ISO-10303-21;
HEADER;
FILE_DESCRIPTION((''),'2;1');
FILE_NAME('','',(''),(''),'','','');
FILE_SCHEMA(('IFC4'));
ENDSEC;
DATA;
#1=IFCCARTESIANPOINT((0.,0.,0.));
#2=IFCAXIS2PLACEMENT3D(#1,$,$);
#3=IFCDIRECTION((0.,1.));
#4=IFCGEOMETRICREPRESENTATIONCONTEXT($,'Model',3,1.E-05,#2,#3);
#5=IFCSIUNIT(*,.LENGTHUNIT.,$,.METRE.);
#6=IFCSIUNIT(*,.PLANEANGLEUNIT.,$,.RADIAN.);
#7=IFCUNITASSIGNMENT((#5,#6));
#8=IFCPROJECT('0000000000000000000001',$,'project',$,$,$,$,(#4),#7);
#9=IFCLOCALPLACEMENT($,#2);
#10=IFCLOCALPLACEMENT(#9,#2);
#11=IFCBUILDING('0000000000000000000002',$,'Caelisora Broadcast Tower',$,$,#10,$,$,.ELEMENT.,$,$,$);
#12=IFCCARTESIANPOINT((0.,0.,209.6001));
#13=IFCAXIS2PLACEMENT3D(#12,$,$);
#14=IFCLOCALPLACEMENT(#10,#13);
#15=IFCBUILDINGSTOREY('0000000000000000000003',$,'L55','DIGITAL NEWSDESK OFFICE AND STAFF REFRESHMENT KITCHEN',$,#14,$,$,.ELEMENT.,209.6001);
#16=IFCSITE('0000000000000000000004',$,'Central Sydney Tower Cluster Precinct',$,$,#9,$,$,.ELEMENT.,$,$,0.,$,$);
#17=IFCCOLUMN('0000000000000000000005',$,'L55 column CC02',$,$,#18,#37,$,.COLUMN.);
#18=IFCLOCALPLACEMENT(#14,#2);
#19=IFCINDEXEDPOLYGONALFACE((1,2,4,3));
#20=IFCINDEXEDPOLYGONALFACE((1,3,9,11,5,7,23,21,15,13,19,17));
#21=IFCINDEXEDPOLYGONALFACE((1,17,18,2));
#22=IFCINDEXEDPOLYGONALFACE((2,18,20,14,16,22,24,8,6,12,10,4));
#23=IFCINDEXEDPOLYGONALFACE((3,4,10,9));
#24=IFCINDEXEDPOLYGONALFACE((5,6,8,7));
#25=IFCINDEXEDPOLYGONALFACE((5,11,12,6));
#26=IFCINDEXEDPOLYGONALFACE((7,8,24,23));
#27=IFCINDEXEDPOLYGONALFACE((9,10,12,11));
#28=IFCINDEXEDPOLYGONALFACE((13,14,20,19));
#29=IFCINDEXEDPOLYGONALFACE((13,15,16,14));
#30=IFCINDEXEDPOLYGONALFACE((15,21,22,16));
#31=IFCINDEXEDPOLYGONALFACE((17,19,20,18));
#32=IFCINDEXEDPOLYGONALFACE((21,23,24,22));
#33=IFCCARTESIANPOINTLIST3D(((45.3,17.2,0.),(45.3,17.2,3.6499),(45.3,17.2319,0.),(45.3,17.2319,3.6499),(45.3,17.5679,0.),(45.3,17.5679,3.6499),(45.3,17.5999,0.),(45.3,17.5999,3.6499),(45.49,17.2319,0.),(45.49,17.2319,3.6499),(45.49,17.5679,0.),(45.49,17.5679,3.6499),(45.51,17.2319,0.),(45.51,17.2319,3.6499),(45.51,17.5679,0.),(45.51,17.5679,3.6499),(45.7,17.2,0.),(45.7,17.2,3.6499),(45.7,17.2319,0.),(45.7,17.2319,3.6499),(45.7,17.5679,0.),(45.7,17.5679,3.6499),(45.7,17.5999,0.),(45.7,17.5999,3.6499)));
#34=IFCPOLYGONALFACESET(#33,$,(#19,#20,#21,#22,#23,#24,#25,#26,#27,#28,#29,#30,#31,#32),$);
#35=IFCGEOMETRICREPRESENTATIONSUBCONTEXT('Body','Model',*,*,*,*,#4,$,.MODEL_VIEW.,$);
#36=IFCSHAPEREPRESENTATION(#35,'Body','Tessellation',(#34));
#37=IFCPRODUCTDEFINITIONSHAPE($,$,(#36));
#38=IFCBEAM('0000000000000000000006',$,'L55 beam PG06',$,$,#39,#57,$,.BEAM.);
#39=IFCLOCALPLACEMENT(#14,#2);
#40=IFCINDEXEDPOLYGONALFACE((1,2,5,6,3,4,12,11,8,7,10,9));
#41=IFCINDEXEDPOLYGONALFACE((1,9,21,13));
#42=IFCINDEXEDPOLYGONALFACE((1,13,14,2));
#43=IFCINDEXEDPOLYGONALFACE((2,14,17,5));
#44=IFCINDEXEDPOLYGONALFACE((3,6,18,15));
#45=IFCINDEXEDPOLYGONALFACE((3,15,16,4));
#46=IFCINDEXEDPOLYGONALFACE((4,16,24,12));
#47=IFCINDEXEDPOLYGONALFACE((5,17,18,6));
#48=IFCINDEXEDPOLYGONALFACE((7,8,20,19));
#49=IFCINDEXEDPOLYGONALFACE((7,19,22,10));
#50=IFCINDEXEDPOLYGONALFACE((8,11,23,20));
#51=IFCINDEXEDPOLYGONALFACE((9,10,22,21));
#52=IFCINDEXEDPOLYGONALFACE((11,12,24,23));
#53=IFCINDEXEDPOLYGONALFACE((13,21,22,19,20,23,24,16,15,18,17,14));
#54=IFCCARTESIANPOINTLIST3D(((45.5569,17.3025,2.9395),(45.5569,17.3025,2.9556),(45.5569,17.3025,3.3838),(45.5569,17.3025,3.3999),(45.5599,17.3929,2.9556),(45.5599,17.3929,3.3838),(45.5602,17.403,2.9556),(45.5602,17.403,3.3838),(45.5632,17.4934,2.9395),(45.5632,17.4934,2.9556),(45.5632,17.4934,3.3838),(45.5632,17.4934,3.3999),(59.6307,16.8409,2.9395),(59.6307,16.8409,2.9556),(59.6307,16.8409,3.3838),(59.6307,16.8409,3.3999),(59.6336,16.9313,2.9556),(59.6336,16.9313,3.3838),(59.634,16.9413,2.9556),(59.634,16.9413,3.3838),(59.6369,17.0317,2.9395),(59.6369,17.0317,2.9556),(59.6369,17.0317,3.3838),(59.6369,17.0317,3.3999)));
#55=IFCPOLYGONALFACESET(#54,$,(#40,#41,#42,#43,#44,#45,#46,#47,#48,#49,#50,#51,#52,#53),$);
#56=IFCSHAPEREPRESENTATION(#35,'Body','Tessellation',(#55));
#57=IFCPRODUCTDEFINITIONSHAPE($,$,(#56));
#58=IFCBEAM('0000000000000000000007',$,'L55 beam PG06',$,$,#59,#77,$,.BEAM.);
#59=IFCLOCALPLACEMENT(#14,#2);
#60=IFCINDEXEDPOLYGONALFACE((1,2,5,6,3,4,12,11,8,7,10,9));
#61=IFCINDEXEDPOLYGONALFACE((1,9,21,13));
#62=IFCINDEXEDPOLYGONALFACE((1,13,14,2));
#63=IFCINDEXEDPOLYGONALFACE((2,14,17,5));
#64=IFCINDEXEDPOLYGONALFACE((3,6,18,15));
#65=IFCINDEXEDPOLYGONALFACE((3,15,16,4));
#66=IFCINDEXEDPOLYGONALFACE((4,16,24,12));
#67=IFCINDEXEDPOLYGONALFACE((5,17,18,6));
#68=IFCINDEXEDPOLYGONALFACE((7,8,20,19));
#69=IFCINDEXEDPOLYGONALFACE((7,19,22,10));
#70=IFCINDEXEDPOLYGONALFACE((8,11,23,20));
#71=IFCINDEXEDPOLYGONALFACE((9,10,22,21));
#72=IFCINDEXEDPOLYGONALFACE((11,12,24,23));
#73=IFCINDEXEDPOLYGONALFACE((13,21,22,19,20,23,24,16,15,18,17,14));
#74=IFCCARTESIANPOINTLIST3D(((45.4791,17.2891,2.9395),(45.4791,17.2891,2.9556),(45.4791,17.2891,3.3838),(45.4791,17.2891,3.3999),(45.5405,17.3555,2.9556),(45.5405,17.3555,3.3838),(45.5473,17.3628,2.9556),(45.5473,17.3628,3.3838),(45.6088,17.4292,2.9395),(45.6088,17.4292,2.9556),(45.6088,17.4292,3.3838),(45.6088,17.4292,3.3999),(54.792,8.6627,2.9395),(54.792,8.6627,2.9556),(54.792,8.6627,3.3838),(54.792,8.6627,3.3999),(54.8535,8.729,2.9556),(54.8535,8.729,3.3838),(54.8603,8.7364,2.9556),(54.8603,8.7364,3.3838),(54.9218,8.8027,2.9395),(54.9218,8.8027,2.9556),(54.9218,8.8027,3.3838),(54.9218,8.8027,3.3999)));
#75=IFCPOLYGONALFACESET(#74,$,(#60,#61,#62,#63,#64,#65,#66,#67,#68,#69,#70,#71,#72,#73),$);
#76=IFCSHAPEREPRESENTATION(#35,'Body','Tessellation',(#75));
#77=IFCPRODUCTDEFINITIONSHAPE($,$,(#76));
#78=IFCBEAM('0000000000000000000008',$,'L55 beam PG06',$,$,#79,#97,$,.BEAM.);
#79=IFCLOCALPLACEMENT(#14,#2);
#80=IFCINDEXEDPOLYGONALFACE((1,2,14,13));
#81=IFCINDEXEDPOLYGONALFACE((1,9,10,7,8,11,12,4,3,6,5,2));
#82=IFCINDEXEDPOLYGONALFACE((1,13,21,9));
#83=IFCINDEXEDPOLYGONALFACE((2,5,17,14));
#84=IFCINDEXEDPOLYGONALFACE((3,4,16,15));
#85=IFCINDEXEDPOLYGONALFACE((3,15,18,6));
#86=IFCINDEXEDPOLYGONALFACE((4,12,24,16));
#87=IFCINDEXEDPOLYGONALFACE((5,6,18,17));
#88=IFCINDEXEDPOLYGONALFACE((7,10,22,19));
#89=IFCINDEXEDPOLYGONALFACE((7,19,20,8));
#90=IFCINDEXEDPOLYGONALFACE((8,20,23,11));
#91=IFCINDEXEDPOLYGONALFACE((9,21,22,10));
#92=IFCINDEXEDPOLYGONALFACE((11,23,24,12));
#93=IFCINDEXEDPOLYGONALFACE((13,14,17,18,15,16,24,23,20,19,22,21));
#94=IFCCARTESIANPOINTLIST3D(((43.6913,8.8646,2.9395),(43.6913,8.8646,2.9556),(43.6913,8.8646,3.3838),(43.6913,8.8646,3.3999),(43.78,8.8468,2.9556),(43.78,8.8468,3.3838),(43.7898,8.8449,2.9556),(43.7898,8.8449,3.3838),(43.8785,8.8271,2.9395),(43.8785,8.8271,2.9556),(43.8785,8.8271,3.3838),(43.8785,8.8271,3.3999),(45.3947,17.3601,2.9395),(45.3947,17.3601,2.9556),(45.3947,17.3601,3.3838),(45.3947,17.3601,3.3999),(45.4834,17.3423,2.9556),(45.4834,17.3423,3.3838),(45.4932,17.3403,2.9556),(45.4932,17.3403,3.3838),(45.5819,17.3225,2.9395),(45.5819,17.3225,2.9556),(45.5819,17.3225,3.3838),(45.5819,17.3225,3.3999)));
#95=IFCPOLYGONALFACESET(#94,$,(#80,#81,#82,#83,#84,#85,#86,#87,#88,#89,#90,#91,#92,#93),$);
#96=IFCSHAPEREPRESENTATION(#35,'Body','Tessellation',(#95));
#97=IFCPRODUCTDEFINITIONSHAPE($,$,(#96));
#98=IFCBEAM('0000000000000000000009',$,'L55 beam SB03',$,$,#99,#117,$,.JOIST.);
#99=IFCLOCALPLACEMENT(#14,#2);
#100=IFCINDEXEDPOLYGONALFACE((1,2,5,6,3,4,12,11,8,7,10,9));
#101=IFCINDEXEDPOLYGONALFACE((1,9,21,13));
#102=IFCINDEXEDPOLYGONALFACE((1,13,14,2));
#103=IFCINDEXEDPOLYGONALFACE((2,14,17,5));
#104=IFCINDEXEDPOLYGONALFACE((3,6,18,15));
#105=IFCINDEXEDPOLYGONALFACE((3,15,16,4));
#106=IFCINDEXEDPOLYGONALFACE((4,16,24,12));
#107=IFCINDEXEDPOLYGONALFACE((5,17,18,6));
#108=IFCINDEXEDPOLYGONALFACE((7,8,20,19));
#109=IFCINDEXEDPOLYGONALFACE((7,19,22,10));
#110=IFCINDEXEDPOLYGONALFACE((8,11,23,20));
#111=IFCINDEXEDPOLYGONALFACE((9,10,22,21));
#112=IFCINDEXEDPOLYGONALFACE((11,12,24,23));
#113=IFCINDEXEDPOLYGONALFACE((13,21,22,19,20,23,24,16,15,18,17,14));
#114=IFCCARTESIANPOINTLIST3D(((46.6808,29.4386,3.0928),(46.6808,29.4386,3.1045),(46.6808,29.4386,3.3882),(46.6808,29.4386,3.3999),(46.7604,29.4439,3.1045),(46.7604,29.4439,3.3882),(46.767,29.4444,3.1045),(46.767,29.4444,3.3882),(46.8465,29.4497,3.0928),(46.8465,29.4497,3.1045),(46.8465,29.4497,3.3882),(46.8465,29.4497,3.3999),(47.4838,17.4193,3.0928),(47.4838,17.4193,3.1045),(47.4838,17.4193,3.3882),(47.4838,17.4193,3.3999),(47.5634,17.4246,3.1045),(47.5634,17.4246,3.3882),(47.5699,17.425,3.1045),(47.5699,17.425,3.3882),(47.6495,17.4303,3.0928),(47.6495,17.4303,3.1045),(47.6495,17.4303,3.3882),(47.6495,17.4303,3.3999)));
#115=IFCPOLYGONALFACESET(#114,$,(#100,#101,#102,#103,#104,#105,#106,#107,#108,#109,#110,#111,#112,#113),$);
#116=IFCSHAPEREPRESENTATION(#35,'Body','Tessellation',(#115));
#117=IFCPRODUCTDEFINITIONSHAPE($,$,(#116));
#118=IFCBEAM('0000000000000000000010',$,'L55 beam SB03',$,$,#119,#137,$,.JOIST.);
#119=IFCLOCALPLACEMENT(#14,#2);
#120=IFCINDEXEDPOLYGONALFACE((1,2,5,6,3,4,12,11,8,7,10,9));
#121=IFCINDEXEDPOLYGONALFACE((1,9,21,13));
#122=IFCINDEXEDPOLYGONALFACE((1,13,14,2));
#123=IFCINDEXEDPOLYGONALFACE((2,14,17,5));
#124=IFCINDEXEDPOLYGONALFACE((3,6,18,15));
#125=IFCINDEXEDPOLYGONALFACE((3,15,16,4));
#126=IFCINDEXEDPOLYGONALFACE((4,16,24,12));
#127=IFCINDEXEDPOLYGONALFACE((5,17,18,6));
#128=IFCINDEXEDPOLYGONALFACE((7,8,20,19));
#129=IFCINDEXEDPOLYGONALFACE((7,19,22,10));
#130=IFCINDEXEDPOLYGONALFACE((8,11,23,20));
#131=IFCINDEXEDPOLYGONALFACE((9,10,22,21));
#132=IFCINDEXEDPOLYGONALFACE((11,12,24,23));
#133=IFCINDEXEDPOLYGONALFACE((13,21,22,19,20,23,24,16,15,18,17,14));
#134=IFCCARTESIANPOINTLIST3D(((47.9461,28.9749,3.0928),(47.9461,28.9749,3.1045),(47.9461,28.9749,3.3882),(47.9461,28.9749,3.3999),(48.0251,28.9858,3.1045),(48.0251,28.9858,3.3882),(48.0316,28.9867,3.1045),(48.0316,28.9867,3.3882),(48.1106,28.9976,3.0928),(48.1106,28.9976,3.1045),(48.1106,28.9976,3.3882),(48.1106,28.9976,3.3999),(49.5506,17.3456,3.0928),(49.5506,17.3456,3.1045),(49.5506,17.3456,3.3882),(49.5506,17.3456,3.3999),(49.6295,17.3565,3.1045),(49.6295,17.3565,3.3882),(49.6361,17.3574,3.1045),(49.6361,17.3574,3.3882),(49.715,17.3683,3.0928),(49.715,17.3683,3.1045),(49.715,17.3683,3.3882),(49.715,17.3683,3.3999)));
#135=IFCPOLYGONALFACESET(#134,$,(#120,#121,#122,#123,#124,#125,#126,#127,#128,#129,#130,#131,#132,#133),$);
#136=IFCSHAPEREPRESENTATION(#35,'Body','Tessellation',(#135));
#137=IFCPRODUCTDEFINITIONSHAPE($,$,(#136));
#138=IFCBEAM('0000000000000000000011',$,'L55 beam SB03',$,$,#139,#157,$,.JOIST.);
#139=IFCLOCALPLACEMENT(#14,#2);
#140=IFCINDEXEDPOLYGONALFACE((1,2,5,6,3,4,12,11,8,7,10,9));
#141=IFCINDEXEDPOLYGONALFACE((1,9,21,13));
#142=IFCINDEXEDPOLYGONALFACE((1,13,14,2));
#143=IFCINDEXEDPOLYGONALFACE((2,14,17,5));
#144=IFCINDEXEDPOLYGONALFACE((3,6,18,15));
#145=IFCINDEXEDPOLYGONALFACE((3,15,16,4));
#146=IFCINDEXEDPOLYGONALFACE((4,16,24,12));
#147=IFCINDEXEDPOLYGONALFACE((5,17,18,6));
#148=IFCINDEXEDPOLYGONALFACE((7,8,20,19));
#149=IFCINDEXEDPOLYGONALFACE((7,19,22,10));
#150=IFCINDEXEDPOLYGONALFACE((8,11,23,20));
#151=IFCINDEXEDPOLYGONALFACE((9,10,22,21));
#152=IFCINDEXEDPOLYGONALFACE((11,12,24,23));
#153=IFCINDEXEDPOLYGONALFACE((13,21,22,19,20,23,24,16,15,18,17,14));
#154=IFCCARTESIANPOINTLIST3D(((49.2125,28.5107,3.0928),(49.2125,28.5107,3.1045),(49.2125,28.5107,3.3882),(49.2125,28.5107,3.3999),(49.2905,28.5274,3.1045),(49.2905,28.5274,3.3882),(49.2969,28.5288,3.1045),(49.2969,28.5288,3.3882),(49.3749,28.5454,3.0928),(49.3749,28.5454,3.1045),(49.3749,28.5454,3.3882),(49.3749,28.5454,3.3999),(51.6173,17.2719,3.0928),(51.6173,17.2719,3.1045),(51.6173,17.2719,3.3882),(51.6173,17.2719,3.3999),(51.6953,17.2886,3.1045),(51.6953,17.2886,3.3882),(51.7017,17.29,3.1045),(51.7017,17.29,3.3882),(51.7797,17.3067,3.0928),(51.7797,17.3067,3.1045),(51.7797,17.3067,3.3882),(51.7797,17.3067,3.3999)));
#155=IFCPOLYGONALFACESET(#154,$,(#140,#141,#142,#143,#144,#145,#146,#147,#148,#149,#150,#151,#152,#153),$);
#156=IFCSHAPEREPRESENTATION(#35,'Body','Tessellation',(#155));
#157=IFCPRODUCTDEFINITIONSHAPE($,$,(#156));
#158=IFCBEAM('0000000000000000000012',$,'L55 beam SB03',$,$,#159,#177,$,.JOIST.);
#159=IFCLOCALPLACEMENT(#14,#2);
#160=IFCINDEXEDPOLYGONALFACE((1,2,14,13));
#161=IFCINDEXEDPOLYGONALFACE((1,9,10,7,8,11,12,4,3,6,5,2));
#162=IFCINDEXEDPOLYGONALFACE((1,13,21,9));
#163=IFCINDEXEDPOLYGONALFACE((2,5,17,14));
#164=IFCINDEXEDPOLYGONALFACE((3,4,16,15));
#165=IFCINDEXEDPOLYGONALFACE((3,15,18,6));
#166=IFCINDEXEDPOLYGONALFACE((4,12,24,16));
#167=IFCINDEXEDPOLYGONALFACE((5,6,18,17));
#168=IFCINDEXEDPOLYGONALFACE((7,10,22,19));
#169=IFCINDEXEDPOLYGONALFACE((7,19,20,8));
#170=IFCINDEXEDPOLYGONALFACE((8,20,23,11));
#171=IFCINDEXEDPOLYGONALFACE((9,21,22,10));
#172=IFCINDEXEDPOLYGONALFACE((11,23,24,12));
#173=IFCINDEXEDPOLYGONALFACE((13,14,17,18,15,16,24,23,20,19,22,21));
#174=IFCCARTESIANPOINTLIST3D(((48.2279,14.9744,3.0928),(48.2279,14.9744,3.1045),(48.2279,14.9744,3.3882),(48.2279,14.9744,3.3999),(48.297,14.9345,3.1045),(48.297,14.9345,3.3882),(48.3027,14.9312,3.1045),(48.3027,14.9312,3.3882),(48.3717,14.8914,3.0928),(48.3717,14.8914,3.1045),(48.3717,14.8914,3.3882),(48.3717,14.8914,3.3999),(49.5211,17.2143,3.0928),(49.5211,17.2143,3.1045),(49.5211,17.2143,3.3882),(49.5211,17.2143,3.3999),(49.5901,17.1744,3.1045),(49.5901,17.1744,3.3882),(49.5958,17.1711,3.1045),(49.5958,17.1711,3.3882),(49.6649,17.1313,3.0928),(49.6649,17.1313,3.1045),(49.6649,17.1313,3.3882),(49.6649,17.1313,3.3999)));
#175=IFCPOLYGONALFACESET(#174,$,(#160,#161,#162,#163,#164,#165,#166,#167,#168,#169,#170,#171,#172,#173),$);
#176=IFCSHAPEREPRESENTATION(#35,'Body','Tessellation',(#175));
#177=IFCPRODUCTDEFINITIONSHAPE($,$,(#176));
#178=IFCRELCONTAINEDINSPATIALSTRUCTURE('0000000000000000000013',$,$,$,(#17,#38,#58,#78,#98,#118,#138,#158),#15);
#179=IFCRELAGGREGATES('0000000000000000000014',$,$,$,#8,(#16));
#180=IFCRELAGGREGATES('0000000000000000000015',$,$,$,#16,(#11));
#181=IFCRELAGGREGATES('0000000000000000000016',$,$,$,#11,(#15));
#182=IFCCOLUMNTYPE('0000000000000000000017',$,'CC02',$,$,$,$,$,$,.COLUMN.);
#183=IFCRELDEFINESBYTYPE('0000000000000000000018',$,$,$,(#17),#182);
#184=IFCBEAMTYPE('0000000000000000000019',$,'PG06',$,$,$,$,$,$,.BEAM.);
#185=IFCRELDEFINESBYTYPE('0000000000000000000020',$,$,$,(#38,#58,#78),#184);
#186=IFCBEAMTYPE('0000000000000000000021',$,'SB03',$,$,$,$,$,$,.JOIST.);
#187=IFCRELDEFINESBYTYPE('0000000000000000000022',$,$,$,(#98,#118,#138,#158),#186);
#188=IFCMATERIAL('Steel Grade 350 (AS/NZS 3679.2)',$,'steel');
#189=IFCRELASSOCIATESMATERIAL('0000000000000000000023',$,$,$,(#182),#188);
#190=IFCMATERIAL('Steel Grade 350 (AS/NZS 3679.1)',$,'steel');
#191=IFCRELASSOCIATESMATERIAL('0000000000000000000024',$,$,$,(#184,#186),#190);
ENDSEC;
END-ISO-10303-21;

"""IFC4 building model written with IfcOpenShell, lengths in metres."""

from ifc_helpers import new_model, si_unit, direction, frame, origin, origin_2d, place, context, subcontext, project, spatial, i_section, extrude, source, transform, mapped, material, material_profile, profile_set, type_object, type_shapes, element, save


model = new_model("IFC4")

# Units and contexts
model_context = context("Model", 3, precision=1e-05, world=origin(), true_north=direction((0.0, 1.0)))
body_context = subcontext(model_context, "Body", "Model", "MODEL_VIEW")
ifc_project = project(units=[si_unit("LENGTHUNIT", "METRE"), si_unit("PLANEANGLEUNIT", "RADIAN")], contexts=[model_context])

# Site, building, storey
site_placement = place(None, origin())
site = spatial("IfcSite", under=ifc_project, at=site_placement, Name="Central Sydney Tower Cluster Precinct", CompositionType="ELEMENT", RefElevation=0.0)
building_placement = place(site_placement, origin())
building = spatial("IfcBuilding", under=site, at=building_placement, Name="Caelisora Broadcast Tower", CompositionType="ELEMENT")
storey_placement = place(building_placement, frame((0.0, 0.0, 209.6001)))
storey = spatial("IfcBuildingStorey", under=building, at=storey_placement, Name="L55", Description="DIGITAL NEWSDESK OFFICE AND STAFF REFRESHMENT KITCHEN", CompositionType="ELEMENT", Elevation=209.6001)

# Column
ifc_material_1 = material(Name="Steel Grade 350 (AS/NZS 3679.2)", Category="steel")
ifc_material_profile_1 = material_profile(ifc_material_1, i_section(OverallWidth=0.3999, OverallDepth=0.3999, WebThickness=0.02, FlangeThickness=0.032, at=origin_2d()), Name="Steel Grade 350 (AS/NZS 3679.2)")
ifc_profile_set_1 = profile_set([ifc_material_profile_1], Name="Steel Grade 350 (AS/NZS 3679.2)")
column_type = type_object("IfcColumnType", Name="CC02", PredefinedType="COLUMN", material=ifc_profile_set_1)
shared_shape_1 = source(origin(), body_context, "Body", "SweptSolid", [
    extrude(i_section(OverallWidth=0.3999, OverallDepth=0.3999, WebThickness=0.02, FlangeThickness=0.032, at=origin_2d()), origin(), (0.0, 0.0, 1.0), 3.6499),
])
type_shapes(column_type, [shared_shape_1])
column_placement = place(storey_placement, frame((45.5, 17.3999, 0.0), z_axis=(0.0, 0.0, 1.0), x_axis=(1.0, 0.0, 0.0)))
element("IfcColumn", 1, at=column_placement, inside=storey, type_object=column_type, Name="L55 column CC02", PredefinedType="COLUMN", context=body_context, shape_type="MappedRepresentation", body=[
    mapped(shared_shape_1, transform((0.0, 0.0, 0.0), scale=1.0)),
])

# Beams
ifc_material_2 = material(Name="Steel Grade 350 (AS/NZS 3679.1)", Category="steel")
ifc_material_profile_2 = material_profile(ifc_material_2, i_section(OverallWidth=0.1909, OverallDepth=0.4604, WebThickness=0.01, FlangeThickness=0.0161, at=origin_2d()), Name="Steel Grade 350 (AS/NZS 3679.1)")
ifc_profile_set_2 = profile_set([ifc_material_profile_2], Name="Steel Grade 350 (AS/NZS 3679.1)")
beam_type_1 = type_object("IfcBeamType", Name="PG06", PredefinedType="BEAM", material=ifc_profile_set_2)
shared_shape_2 = source(origin(), body_context, "Body", "SweptSolid", [
    extrude(i_section(OverallWidth=0.1909, OverallDepth=0.4604, WebThickness=0.01, FlangeThickness=0.0161, at=origin_2d()), origin(), (0.0, 0.0, 1.0), 14.0813),
])
beam_1_placement = place(storey_placement, frame((45.5601, 17.3979, 3.1697), z_axis=(0.999462, -0.032786, 0.0), x_axis=(0.032786, 0.999462, 0.0)))
element("IfcBeam", 2, at=beam_1_placement, inside=storey, type_object=beam_type_1, Name="L55 beam PG06", PredefinedType="BEAM", context=body_context, shape_type="MappedRepresentation", body=[
    mapped(shared_shape_2, transform((0.0, 0.0, 0.0), scale=1.0)),
])
shared_shape_3 = source(origin(), body_context, "Body", "SweptSolid", [
    extrude(i_section(OverallWidth=0.1909, OverallDepth=0.4604, WebThickness=0.01, FlangeThickness=0.0161, at=origin_2d()), origin(), (0.0, 0.0, 1.0), 12.6943),
])
beam_2_placement = place(storey_placement, frame((45.5439, 17.3591, 3.1697), z_axis=(0.73363, -0.679549, 0.0), x_axis=(0.679549, 0.73363, 0.0)))
element("IfcBeam", 3, at=beam_2_placement, inside=storey, type_object=beam_type_1, Name="L55 beam PG06", PredefinedType="BEAM", context=body_context, shape_type="MappedRepresentation", body=[
    mapped(shared_shape_3, transform((0.0, 0.0, 0.0), scale=1.0)),
])
shared_shape_4 = source(origin(), body_context, "Body", "SweptSolid", [
    extrude(i_section(OverallWidth=0.1909, OverallDepth=0.4604, WebThickness=0.01, FlangeThickness=0.0161, at=origin_2d()), origin(), (0.0, 0.0, 1.0), 8.6646),
])
type_shapes(beam_type_1, [shared_shape_2, shared_shape_3, shared_shape_4])
beam_3_placement = place(storey_placement, frame((45.4883, 17.3413, 3.1697), z_axis=(-0.196593, -0.980485, 0.0), x_axis=(0.980485, -0.196593, 0.0)))
element("IfcBeam", 4, at=beam_3_placement, inside=storey, type_object=beam_type_1, Name="L55 beam PG06", PredefinedType="BEAM", context=body_context, shape_type="MappedRepresentation", body=[
    mapped(shared_shape_4, transform((0.0, 0.0, 0.0), scale=1.0)),
])
ifc_material_profile_3 = material_profile(ifc_material_2, i_section(OverallWidth=0.166, OverallDepth=0.3071, WebThickness=0.0066, FlangeThickness=0.0117, at=origin_2d()), Name="Steel Grade 350 (AS/NZS 3679.1)")
ifc_profile_set_3 = profile_set([ifc_material_profile_3], Name="Steel Grade 350 (AS/NZS 3679.1)")
beam_type_2 = type_object("IfcBeamType", Name="SB03", PredefinedType="JOIST", material=ifc_profile_set_3)
shared_shape_5 = source(origin(), body_context, "Body", "SweptSolid", [
    extrude(i_section(OverallWidth=0.166, OverallDepth=0.3071, WebThickness=0.0066, FlangeThickness=0.0117, at=origin_2d()), origin(), (0.0, 0.0, 1.0), 12.0461),
])
beam_4_placement = place(storey_placement, frame((47.5667, 17.4248, 3.2463), z_axis=(-0.066659, 0.997776, 0.0), x_axis=(-0.997776, -0.066659, 0.0)))
element("IfcBeam", 5, at=beam_4_placement, inside=storey, type_object=beam_type_2, Name="L55 beam SB03", PredefinedType="JOIST", context=body_context, shape_type="MappedRepresentation", body=[
    mapped(shared_shape_5, transform((0.0, 0.0, 0.0), scale=1.0)),
])
shared_shape_6 = source(origin(), body_context, "Body", "SweptSolid", [
    extrude(i_section(OverallWidth=0.166, OverallDepth=0.3071, WebThickness=0.0066, FlangeThickness=0.0117, at=origin_2d()), origin(), (0.0, 0.0, 1.0), 11.7395),
])
beam_5_placement = place(storey_placement, frame((49.6328, 17.3569, 3.2463), z_axis=(-0.136674, 0.990616, 0.0), x_axis=(-0.990616, -0.136674, 0.0)))
element("IfcBeam", 6, at=beam_5_placement, inside=storey, type_object=beam_type_2, Name="L55 beam SB03", PredefinedType="JOIST", context=body_context, shape_type="MappedRepresentation", body=[
    mapped(shared_shape_6, transform((0.0, 0.0, 0.0), scale=1.0)),
])
shared_shape_7 = source(origin(), body_context, "Body", "SweptSolid", [
    extrude(i_section(OverallWidth=0.166, OverallDepth=0.3071, WebThickness=0.0066, FlangeThickness=0.0117, at=origin_2d()), origin(), (0.0, 0.0, 1.0), 11.4932),
])
beam_6_placement = place(storey_placement, frame((51.6985, 17.2893, 3.2463), z_axis=(-0.209236, 0.977865, 0.0), x_axis=(-0.977865, -0.209236, 0.0)))
element("IfcBeam", 7, at=beam_6_placement, inside=storey, type_object=beam_type_2, Name="L55 beam SB03", PredefinedType="JOIST", context=body_context, shape_type="MappedRepresentation", body=[
    mapped(shared_shape_7, transform((0.0, 0.0, 0.0), scale=1.0)),
])
shared_shape_8 = source(origin(), body_context, "Body", "SweptSolid", [
    extrude(i_section(OverallWidth=0.166, OverallDepth=0.3071, WebThickness=0.0066, FlangeThickness=0.0117, at=origin_2d()), origin(), (0.0, 0.0, 1.0), 2.5864),
])
beam_7_placement = place(storey_placement, frame((48.2998, 14.9329, 3.2463), z_axis=(0.499987, 0.866033, 0.0), x_axis=(-0.866033, 0.499987, 0.0)))
element("IfcBeam", 8, at=beam_7_placement, inside=storey, type_object=beam_type_2, Name="L55 beam SB03", PredefinedType="JOIST", context=body_context, shape_type="MappedRepresentation", body=[
    mapped(shared_shape_8, transform((0.0, 0.0, 0.0), scale=1.0)),
])

save(model, "model.ifc")
